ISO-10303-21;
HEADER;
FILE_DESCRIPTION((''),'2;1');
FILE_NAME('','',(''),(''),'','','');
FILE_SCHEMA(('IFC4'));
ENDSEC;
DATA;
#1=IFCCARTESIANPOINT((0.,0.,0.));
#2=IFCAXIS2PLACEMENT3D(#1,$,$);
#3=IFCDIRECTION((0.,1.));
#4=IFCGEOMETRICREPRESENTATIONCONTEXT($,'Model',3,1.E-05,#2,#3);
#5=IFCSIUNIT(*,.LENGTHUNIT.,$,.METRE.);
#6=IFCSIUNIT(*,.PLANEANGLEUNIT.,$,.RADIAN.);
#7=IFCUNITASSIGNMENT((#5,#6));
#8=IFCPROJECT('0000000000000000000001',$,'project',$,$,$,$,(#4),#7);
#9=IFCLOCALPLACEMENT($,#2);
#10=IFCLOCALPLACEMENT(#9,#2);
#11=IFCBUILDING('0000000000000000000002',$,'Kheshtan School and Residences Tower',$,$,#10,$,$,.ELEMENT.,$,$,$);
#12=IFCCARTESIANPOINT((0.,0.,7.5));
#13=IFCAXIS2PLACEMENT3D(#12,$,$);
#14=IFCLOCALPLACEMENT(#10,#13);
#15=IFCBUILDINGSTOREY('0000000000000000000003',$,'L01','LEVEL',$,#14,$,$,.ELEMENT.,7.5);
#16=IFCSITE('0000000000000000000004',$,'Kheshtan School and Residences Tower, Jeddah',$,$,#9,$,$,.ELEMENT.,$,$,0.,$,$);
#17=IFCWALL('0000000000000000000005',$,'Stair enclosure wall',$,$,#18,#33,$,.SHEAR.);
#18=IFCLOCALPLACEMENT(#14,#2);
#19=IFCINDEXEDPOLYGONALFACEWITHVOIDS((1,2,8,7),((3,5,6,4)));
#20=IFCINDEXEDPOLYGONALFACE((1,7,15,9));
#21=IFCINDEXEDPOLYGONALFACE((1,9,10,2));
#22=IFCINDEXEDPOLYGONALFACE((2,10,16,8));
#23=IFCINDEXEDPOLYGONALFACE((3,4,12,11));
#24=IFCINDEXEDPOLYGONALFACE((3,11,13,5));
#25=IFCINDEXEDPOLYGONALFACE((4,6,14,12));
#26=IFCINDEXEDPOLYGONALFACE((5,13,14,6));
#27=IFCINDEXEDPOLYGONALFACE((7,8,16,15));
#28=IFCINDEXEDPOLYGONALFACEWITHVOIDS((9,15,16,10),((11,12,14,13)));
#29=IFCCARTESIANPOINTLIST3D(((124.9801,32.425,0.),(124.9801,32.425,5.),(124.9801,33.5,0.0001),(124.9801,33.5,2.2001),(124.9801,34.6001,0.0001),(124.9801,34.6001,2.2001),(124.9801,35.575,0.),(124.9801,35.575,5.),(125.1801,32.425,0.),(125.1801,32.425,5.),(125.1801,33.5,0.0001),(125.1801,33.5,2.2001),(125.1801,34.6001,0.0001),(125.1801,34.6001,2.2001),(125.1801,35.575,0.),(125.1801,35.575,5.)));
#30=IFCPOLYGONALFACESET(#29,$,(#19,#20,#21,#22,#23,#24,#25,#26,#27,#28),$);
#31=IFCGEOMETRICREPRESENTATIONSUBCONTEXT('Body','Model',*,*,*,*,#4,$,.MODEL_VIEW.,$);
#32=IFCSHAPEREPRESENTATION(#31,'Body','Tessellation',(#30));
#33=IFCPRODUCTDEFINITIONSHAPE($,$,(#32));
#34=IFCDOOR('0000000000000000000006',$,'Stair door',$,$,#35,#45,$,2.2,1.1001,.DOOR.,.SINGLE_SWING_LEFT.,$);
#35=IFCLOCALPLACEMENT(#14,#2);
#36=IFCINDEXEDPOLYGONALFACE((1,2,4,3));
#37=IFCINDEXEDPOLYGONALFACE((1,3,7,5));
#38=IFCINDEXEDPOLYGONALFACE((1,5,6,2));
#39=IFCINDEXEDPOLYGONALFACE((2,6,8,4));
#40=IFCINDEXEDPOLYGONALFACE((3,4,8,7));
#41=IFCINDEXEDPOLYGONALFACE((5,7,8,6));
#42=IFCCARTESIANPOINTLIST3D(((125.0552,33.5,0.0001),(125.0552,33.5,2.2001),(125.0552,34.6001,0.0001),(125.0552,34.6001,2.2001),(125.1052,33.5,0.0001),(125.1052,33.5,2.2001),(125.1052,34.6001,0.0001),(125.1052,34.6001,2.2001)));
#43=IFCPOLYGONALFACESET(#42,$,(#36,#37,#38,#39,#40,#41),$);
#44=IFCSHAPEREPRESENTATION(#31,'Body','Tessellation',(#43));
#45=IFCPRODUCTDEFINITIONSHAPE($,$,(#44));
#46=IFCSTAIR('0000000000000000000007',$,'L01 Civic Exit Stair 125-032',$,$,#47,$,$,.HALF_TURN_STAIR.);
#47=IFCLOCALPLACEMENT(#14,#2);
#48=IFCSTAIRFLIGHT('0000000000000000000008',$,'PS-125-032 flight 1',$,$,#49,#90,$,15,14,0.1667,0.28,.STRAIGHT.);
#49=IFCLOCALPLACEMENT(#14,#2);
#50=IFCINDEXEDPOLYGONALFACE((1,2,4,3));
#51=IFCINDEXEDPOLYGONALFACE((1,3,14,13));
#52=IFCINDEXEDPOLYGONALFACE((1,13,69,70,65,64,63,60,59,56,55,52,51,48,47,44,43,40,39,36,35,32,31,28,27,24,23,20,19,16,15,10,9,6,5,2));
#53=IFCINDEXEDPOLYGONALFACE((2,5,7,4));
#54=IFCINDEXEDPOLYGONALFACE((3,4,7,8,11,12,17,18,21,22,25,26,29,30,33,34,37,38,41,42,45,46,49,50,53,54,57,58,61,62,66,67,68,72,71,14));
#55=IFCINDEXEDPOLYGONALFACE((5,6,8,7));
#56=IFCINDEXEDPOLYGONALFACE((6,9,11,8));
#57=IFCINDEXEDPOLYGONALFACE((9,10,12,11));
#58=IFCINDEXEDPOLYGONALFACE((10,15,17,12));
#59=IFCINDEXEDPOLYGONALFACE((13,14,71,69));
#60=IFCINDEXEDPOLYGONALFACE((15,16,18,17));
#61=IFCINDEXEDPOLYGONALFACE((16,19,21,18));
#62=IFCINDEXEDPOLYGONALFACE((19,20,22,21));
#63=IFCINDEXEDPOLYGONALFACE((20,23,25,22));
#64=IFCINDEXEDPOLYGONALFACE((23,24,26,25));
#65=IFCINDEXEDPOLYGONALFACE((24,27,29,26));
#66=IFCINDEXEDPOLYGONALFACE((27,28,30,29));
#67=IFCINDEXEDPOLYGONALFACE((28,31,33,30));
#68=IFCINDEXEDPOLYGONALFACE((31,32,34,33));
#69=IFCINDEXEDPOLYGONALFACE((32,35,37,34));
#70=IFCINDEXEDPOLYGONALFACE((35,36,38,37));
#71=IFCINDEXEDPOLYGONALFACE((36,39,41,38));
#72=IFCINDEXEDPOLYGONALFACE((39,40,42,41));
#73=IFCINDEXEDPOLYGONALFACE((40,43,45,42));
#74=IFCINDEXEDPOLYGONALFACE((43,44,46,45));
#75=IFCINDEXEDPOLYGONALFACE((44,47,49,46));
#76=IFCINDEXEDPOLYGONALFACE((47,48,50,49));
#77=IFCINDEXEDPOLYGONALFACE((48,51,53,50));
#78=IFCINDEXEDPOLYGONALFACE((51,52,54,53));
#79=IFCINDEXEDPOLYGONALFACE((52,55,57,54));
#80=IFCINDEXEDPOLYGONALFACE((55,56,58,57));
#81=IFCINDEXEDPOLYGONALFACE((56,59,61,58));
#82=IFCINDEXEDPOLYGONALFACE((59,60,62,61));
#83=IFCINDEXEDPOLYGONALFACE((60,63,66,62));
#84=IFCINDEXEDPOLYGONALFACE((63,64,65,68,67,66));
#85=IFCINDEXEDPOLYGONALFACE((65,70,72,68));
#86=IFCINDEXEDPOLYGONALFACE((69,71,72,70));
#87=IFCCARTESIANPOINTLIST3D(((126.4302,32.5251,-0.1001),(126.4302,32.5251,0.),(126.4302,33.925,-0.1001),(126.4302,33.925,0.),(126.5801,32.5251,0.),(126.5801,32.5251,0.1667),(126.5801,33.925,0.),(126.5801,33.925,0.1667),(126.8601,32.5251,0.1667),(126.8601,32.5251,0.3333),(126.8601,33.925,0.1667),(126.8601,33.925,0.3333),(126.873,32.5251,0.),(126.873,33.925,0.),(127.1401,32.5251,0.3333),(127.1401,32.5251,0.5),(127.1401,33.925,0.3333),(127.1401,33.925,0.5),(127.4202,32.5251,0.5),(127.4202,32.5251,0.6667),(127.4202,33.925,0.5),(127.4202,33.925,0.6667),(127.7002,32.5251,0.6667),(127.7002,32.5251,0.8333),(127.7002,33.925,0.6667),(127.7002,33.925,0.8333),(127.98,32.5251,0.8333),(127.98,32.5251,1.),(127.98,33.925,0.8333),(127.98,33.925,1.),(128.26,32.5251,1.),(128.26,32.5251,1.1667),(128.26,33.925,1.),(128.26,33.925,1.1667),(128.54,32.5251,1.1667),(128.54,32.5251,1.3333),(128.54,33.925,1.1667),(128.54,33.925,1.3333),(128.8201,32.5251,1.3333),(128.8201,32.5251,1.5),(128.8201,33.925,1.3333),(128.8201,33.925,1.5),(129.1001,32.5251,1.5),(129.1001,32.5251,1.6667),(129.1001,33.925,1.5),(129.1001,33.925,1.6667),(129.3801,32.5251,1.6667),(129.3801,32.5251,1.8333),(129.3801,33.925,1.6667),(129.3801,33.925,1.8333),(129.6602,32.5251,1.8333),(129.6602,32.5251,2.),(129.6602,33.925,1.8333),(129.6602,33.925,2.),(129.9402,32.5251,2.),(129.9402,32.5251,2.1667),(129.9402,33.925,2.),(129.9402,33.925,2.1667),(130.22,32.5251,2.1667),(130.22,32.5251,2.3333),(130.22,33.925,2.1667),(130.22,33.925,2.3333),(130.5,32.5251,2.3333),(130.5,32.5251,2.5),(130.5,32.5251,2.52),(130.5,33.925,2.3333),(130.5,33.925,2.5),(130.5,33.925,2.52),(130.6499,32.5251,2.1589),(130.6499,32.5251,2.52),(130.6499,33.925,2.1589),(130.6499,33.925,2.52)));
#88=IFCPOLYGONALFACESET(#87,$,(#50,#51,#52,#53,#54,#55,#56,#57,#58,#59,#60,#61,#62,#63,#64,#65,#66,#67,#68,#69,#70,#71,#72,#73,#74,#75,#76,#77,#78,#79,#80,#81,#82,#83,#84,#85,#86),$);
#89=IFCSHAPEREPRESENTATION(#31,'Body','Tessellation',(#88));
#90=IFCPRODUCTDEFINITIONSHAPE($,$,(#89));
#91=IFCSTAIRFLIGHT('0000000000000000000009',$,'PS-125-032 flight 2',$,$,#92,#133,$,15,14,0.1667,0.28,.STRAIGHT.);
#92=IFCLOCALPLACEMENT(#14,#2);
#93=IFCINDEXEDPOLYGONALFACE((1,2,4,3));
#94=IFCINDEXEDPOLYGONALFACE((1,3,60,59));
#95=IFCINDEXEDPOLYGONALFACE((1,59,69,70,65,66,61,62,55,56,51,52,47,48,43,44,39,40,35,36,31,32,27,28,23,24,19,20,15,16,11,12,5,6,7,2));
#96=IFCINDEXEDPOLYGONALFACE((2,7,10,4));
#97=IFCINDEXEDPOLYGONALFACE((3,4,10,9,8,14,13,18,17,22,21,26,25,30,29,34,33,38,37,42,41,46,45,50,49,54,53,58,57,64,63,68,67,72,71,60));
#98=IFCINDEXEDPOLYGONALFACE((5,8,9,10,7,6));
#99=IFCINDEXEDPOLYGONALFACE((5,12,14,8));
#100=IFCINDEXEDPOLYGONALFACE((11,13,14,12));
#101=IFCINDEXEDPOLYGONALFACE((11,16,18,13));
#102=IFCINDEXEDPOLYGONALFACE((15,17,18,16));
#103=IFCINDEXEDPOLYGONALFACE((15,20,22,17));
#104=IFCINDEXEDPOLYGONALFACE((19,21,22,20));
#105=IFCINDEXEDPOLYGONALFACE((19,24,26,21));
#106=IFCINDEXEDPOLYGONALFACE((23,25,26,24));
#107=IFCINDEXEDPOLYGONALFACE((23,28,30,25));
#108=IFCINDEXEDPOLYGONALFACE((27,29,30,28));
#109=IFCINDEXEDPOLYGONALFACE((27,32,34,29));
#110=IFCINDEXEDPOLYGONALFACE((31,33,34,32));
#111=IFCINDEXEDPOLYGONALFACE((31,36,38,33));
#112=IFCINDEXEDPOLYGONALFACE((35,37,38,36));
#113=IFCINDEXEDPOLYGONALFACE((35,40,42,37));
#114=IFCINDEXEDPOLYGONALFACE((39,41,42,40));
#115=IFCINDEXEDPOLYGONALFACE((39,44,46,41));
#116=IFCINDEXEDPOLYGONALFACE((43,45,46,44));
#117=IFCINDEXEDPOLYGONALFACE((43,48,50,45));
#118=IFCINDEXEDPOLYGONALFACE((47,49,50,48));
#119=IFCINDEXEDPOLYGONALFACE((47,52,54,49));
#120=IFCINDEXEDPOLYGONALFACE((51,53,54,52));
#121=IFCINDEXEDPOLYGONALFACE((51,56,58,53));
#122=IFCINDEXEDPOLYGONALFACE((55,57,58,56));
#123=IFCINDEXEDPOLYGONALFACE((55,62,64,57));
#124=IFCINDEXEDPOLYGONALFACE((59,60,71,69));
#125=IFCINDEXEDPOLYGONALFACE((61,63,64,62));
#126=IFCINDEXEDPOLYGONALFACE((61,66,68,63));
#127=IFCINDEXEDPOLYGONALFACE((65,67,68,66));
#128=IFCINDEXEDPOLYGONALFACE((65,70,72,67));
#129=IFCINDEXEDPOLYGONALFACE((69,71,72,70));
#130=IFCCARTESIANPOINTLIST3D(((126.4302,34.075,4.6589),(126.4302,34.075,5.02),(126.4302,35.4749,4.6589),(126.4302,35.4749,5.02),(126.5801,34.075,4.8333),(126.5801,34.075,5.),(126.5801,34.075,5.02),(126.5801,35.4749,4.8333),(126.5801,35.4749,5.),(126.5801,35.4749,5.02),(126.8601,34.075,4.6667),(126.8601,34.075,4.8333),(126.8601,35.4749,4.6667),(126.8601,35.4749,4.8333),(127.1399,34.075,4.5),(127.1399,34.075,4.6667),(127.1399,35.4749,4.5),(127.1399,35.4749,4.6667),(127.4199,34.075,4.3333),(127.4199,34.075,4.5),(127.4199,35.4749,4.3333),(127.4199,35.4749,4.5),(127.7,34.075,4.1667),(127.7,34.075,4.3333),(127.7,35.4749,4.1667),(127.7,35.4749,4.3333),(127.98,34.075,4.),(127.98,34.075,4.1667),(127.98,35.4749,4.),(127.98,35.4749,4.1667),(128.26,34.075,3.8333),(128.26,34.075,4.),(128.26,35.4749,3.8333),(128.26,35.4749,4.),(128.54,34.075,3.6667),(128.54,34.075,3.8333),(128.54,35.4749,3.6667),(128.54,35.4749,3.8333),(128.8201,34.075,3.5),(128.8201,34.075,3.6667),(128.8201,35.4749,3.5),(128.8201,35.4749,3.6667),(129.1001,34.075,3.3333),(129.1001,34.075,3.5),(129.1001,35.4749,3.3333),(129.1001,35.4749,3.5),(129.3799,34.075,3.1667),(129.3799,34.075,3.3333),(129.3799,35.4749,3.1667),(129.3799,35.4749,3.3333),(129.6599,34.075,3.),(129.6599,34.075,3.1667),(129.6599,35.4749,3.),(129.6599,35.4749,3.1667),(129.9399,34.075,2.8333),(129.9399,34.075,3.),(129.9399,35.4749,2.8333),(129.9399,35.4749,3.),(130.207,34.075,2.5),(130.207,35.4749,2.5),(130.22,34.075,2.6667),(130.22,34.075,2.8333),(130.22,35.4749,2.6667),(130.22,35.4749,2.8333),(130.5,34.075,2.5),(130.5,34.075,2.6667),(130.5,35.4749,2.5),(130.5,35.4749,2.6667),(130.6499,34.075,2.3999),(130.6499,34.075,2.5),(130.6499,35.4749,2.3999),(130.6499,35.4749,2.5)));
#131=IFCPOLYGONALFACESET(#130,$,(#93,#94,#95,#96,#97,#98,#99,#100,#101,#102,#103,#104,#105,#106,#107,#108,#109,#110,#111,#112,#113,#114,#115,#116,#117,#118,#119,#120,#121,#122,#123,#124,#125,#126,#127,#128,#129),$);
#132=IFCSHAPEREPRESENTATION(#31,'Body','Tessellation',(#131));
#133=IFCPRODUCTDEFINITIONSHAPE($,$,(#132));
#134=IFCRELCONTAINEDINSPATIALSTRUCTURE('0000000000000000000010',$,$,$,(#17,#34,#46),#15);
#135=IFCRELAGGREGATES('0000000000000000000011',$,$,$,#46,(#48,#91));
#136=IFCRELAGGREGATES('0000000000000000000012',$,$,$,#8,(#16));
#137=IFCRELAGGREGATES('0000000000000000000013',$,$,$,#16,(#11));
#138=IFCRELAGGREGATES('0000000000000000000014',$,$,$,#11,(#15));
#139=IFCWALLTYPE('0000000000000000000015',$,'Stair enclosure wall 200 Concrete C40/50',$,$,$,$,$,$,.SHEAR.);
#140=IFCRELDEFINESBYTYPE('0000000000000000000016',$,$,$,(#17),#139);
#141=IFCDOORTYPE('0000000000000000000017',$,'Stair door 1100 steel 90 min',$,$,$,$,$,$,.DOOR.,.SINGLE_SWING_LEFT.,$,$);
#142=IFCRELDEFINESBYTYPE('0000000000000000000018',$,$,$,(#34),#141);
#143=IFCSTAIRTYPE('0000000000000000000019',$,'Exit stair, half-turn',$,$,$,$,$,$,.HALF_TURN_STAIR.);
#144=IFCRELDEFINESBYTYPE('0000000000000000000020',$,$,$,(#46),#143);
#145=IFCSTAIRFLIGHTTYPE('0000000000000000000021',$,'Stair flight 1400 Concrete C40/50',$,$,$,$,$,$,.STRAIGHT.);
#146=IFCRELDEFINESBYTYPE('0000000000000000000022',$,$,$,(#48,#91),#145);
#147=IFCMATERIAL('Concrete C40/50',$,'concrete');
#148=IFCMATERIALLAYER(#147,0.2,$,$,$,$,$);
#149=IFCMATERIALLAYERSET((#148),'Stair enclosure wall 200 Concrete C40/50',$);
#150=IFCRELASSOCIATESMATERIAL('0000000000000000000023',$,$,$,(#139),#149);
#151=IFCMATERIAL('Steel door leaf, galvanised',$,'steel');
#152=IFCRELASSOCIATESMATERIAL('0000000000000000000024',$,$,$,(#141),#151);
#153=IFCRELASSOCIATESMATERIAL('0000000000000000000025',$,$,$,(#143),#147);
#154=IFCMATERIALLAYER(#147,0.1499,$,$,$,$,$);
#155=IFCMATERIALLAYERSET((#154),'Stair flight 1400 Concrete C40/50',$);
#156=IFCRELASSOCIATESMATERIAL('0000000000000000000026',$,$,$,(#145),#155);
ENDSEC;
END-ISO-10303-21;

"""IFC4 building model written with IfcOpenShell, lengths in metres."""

from ifc_helpers import new_model, si_unit, direction, frame, frame_2d, origin, place, context, subcontext, project, spatial, polyline, rectangle, outline, extrude, source, transform, mapped, material, layer, layer_set, type_object, element, fill, aggregate, save


model = new_model("IFC4")

# Units and contexts
model_context = context("Model", 3, precision=1e-05, world=origin(), true_north=direction((0.0, 1.0)))
body_context = subcontext(model_context, "Body", "Model", "MODEL_VIEW")
ifc_project = project(units=[si_unit("LENGTHUNIT", "METRE"), si_unit("PLANEANGLEUNIT", "RADIAN")], contexts=[model_context])

# Site, building, storey
site_placement = place(None, origin())
site = spatial("IfcSite", under=ifc_project, at=site_placement, Name="Kheshtan School and Residences Tower, Jeddah", CompositionType="ELEMENT", RefElevation=0.0)
building_placement = place(site_placement, origin())
building = spatial("IfcBuilding", under=site, at=building_placement, Name="Kheshtan School and Residences Tower", CompositionType="ELEMENT")
storey_placement = place(building_placement, frame((0.0, 0.0, 7.5)))
storey = spatial("IfcBuildingStorey", under=building, at=storey_placement, Name="L01", Description="LEVEL", CompositionType="ELEMENT", Elevation=7.5)

# Shared definitions
ifc_material_1 = material(Name="Concrete C40/50", Category="concrete")
ifc_layer_1 = layer(ifc_material_1, 0.2)
ifc_layer_set_1 = layer_set([ifc_layer_1], Name="Stair enclosure wall 200 Concrete C40/50")
wall_type_1 = type_object("IfcWallType", Name="Stair enclosure wall 200 Concrete C40/50", PredefinedType="SHEAR", material=ifc_layer_set_1)

# Wall, opening, door
wall_1_placement = place(storey_placement, frame((125.0801, 32.425, 0.0), z_axis=(0.0, 0.0, 1.0), x_axis=(0.0, 1.0, 0.0)))
wall_1 = element("IfcWall", 1, at=wall_1_placement, inside=storey, type_object=wall_type_1, Name="Stair enclosure wall", PredefinedType="SHEAR", context=body_context, shape_type="SweptSolid", body=[
    extrude(rectangle(XDim=3.1499, YDim=0.2, at=frame_2d((1.575, 0.0))), origin(), (0.0, 0.0, 1.0), 5.0),
])
opening_placement = place(wall_1_placement, frame((1.075, 0.0, 0.0)))
opening = element("IfcOpeningElement", 2, at=opening_placement, cuts=wall_1, PredefinedType="OPENING", context=body_context, shape_type="SweptSolid", body=[
    extrude(rectangle(XDim=1.1001, YDim=2.2, at=frame_2d((0.55, 1.1001))), frame((0.0, 0.1099, 0.0), z_axis=(0.0, -1.0, 0.0), x_axis=(1.0, 0.0, 0.0)), (0.0, 0.0, 1.0), 0.22),
])
ifc_material_2 = material(Name="Steel door leaf, galvanised", Category="steel")
door_type = type_object("IfcDoorType", Name="Stair door 1100 steel 90 min", OperationType="SINGLE_SWING_LEFT", PredefinedType="DOOR", material=ifc_material_2)
shared_shape = source(origin(), body_context, "Body", "SweptSolid", [
    extrude(rectangle(XDim=1.1001, YDim=2.2, at=frame_2d((0.55, 1.1001))), frame((0.0, 0.0249, 0.0), z_axis=(0.0, -1.0, 0.0), x_axis=(1.0, 0.0, 0.0)), (0.0, 0.0, 1.0), 0.05),
])
door_placement = place(opening_placement, origin())
door = element("IfcDoor", 3, at=door_placement, inside=storey, type_object=door_type, Name="Stair door", OperationType="SINGLE_SWING_LEFT", OverallHeight=2.2, OverallWidth=1.1001, PredefinedType="DOOR", context=body_context, shape_type="MappedRepresentation", body=[
    mapped(shared_shape, transform((0.0, 0.0, 0.0), x_axis=(1.0, 0.0, 0.0), y_axis=(0.0, 1.0, 0.0), z_axis=(0.0, 0.0, 1.0), scale=1.0)),
])
fill(opening, door)

# Stair, stair flights
stair_type = type_object("IfcStairType", Name="Exit stair, half-turn", PredefinedType="HALF_TURN_STAIR", material=ifc_material_1)
stair_placement = place(storey_placement, origin())
stair = element("IfcStair", 4, at=stair_placement, inside=storey, type_object=stair_type, Name="L01 Civic Exit Stair 125-032", PredefinedType="HALF_TURN_STAIR")
ifc_layer_2 = layer(ifc_material_1, 0.1499)
ifc_layer_set_2 = layer_set([ifc_layer_2], Name="Stair flight 1400 Concrete C40/50")
stair_flight_type = type_object("IfcStairFlightType", Name="Stair flight 1400 Concrete C40/50", PredefinedType="STRAIGHT", material=ifc_layer_set_2)
stair_flight_1_placement = place(storey_placement, frame((126.5801, 33.2251, 0.0), z_axis=(0.0, 0.0, 1.0), x_axis=(1.0, 0.0, 0.0)))
stair_flight_1 = element("IfcStairFlight", 5, at=stair_flight_1_placement, type_object=stair_flight_type, Name="PS-125-032 flight 1", NumberOfRisers=15, NumberOfTreads=14, PredefinedType="STRAIGHT", RiserHeight=0.1667, TreadLength=0.28, context=body_context, shape_type="SweptSolid", body=[
    extrude(outline(polyline([(-0.1499, -0.1001), (-0.1499, 0.0), (0.0, 0.0), (0.0, 0.1667), (0.28, 0.1667), (0.28, 0.3333), (0.5601, 0.3333), (0.5601, 0.5), (0.8401, 0.5), (0.8401, 0.6667), (1.1201, 0.6667), (1.1201, 0.8333), (1.3999, 0.8333), (1.3999, 1.0), (1.6799, 1.0), (1.6799, 1.1667), (1.96, 1.1667), (1.96, 1.3333), (2.24, 1.3333), (2.24, 1.5), (2.52, 1.5), (2.52, 1.6667), (2.8, 1.6667), (2.8, 1.8333), (3.0801, 1.8333), (3.0801, 2.0), (3.3601, 2.0), (3.3601, 2.1667), (3.6399, 2.1667), (3.6399, 2.3333), (3.9199, 2.3333), (3.9199, 2.5), (3.9199, 2.52), (4.0698, 2.52), (4.0698, 2.1589), (0.293, 0.0), (-0.1499, -0.1001)])), frame((0.0, 0.7, 0.0), z_axis=(0.0, -1.0, 0.0), x_axis=(1.0, 0.0, 0.0)), (0.0, 0.0, 1.0), 1.3999),
])
stair_flight_2_placement = place(storey_placement, frame((130.5, 34.7749, 2.5), z_axis=(0.0, 0.0, 1.0), x_axis=(-1.0, 0.0, 0.0)))
stair_flight_2 = element("IfcStairFlight", 6, at=stair_flight_2_placement, type_object=stair_flight_type, Name="PS-125-032 flight 2", NumberOfRisers=15, NumberOfTreads=14, PredefinedType="STRAIGHT", RiserHeight=0.1667, TreadLength=0.28, context=body_context, shape_type="SweptSolid", body=[
    extrude(outline(polyline([(-0.1499, -0.1001), (-0.1499, 0.0), (0.0, 0.0), (0.0, 0.1667), (0.28, 0.1667), (0.28, 0.3333), (0.5601, 0.3333), (0.5601, 0.5), (0.8401, 0.5), (0.8401, 0.6667), (1.1201, 0.6667), (1.1201, 0.8333), (1.3999, 0.8333), (1.3999, 1.0), (1.6799, 1.0), (1.6799, 1.1667), (1.96, 1.1667), (1.96, 1.3333), (2.24, 1.3333), (2.24, 1.5), (2.52, 1.5), (2.52, 1.6667), (2.8, 1.6667), (2.8, 1.8333), (3.0801, 1.8333), (3.0801, 2.0), (3.3601, 2.0), (3.3601, 2.1667), (3.6399, 2.1667), (3.6399, 2.3333), (3.9199, 2.3333), (3.9199, 2.5), (3.9199, 2.52), (4.0698, 2.52), (4.0698, 2.1589), (0.293, 0.0), (-0.1499, -0.1001)])), frame((0.0, 0.7, 0.0), z_axis=(0.0, -1.0, 0.0), x_axis=(1.0, 0.0, 0.0)), (0.0, 0.0, 1.0), 1.3999),
])
aggregate(stair, [stair_flight_1, stair_flight_2])

save(model, "model.ifc")
